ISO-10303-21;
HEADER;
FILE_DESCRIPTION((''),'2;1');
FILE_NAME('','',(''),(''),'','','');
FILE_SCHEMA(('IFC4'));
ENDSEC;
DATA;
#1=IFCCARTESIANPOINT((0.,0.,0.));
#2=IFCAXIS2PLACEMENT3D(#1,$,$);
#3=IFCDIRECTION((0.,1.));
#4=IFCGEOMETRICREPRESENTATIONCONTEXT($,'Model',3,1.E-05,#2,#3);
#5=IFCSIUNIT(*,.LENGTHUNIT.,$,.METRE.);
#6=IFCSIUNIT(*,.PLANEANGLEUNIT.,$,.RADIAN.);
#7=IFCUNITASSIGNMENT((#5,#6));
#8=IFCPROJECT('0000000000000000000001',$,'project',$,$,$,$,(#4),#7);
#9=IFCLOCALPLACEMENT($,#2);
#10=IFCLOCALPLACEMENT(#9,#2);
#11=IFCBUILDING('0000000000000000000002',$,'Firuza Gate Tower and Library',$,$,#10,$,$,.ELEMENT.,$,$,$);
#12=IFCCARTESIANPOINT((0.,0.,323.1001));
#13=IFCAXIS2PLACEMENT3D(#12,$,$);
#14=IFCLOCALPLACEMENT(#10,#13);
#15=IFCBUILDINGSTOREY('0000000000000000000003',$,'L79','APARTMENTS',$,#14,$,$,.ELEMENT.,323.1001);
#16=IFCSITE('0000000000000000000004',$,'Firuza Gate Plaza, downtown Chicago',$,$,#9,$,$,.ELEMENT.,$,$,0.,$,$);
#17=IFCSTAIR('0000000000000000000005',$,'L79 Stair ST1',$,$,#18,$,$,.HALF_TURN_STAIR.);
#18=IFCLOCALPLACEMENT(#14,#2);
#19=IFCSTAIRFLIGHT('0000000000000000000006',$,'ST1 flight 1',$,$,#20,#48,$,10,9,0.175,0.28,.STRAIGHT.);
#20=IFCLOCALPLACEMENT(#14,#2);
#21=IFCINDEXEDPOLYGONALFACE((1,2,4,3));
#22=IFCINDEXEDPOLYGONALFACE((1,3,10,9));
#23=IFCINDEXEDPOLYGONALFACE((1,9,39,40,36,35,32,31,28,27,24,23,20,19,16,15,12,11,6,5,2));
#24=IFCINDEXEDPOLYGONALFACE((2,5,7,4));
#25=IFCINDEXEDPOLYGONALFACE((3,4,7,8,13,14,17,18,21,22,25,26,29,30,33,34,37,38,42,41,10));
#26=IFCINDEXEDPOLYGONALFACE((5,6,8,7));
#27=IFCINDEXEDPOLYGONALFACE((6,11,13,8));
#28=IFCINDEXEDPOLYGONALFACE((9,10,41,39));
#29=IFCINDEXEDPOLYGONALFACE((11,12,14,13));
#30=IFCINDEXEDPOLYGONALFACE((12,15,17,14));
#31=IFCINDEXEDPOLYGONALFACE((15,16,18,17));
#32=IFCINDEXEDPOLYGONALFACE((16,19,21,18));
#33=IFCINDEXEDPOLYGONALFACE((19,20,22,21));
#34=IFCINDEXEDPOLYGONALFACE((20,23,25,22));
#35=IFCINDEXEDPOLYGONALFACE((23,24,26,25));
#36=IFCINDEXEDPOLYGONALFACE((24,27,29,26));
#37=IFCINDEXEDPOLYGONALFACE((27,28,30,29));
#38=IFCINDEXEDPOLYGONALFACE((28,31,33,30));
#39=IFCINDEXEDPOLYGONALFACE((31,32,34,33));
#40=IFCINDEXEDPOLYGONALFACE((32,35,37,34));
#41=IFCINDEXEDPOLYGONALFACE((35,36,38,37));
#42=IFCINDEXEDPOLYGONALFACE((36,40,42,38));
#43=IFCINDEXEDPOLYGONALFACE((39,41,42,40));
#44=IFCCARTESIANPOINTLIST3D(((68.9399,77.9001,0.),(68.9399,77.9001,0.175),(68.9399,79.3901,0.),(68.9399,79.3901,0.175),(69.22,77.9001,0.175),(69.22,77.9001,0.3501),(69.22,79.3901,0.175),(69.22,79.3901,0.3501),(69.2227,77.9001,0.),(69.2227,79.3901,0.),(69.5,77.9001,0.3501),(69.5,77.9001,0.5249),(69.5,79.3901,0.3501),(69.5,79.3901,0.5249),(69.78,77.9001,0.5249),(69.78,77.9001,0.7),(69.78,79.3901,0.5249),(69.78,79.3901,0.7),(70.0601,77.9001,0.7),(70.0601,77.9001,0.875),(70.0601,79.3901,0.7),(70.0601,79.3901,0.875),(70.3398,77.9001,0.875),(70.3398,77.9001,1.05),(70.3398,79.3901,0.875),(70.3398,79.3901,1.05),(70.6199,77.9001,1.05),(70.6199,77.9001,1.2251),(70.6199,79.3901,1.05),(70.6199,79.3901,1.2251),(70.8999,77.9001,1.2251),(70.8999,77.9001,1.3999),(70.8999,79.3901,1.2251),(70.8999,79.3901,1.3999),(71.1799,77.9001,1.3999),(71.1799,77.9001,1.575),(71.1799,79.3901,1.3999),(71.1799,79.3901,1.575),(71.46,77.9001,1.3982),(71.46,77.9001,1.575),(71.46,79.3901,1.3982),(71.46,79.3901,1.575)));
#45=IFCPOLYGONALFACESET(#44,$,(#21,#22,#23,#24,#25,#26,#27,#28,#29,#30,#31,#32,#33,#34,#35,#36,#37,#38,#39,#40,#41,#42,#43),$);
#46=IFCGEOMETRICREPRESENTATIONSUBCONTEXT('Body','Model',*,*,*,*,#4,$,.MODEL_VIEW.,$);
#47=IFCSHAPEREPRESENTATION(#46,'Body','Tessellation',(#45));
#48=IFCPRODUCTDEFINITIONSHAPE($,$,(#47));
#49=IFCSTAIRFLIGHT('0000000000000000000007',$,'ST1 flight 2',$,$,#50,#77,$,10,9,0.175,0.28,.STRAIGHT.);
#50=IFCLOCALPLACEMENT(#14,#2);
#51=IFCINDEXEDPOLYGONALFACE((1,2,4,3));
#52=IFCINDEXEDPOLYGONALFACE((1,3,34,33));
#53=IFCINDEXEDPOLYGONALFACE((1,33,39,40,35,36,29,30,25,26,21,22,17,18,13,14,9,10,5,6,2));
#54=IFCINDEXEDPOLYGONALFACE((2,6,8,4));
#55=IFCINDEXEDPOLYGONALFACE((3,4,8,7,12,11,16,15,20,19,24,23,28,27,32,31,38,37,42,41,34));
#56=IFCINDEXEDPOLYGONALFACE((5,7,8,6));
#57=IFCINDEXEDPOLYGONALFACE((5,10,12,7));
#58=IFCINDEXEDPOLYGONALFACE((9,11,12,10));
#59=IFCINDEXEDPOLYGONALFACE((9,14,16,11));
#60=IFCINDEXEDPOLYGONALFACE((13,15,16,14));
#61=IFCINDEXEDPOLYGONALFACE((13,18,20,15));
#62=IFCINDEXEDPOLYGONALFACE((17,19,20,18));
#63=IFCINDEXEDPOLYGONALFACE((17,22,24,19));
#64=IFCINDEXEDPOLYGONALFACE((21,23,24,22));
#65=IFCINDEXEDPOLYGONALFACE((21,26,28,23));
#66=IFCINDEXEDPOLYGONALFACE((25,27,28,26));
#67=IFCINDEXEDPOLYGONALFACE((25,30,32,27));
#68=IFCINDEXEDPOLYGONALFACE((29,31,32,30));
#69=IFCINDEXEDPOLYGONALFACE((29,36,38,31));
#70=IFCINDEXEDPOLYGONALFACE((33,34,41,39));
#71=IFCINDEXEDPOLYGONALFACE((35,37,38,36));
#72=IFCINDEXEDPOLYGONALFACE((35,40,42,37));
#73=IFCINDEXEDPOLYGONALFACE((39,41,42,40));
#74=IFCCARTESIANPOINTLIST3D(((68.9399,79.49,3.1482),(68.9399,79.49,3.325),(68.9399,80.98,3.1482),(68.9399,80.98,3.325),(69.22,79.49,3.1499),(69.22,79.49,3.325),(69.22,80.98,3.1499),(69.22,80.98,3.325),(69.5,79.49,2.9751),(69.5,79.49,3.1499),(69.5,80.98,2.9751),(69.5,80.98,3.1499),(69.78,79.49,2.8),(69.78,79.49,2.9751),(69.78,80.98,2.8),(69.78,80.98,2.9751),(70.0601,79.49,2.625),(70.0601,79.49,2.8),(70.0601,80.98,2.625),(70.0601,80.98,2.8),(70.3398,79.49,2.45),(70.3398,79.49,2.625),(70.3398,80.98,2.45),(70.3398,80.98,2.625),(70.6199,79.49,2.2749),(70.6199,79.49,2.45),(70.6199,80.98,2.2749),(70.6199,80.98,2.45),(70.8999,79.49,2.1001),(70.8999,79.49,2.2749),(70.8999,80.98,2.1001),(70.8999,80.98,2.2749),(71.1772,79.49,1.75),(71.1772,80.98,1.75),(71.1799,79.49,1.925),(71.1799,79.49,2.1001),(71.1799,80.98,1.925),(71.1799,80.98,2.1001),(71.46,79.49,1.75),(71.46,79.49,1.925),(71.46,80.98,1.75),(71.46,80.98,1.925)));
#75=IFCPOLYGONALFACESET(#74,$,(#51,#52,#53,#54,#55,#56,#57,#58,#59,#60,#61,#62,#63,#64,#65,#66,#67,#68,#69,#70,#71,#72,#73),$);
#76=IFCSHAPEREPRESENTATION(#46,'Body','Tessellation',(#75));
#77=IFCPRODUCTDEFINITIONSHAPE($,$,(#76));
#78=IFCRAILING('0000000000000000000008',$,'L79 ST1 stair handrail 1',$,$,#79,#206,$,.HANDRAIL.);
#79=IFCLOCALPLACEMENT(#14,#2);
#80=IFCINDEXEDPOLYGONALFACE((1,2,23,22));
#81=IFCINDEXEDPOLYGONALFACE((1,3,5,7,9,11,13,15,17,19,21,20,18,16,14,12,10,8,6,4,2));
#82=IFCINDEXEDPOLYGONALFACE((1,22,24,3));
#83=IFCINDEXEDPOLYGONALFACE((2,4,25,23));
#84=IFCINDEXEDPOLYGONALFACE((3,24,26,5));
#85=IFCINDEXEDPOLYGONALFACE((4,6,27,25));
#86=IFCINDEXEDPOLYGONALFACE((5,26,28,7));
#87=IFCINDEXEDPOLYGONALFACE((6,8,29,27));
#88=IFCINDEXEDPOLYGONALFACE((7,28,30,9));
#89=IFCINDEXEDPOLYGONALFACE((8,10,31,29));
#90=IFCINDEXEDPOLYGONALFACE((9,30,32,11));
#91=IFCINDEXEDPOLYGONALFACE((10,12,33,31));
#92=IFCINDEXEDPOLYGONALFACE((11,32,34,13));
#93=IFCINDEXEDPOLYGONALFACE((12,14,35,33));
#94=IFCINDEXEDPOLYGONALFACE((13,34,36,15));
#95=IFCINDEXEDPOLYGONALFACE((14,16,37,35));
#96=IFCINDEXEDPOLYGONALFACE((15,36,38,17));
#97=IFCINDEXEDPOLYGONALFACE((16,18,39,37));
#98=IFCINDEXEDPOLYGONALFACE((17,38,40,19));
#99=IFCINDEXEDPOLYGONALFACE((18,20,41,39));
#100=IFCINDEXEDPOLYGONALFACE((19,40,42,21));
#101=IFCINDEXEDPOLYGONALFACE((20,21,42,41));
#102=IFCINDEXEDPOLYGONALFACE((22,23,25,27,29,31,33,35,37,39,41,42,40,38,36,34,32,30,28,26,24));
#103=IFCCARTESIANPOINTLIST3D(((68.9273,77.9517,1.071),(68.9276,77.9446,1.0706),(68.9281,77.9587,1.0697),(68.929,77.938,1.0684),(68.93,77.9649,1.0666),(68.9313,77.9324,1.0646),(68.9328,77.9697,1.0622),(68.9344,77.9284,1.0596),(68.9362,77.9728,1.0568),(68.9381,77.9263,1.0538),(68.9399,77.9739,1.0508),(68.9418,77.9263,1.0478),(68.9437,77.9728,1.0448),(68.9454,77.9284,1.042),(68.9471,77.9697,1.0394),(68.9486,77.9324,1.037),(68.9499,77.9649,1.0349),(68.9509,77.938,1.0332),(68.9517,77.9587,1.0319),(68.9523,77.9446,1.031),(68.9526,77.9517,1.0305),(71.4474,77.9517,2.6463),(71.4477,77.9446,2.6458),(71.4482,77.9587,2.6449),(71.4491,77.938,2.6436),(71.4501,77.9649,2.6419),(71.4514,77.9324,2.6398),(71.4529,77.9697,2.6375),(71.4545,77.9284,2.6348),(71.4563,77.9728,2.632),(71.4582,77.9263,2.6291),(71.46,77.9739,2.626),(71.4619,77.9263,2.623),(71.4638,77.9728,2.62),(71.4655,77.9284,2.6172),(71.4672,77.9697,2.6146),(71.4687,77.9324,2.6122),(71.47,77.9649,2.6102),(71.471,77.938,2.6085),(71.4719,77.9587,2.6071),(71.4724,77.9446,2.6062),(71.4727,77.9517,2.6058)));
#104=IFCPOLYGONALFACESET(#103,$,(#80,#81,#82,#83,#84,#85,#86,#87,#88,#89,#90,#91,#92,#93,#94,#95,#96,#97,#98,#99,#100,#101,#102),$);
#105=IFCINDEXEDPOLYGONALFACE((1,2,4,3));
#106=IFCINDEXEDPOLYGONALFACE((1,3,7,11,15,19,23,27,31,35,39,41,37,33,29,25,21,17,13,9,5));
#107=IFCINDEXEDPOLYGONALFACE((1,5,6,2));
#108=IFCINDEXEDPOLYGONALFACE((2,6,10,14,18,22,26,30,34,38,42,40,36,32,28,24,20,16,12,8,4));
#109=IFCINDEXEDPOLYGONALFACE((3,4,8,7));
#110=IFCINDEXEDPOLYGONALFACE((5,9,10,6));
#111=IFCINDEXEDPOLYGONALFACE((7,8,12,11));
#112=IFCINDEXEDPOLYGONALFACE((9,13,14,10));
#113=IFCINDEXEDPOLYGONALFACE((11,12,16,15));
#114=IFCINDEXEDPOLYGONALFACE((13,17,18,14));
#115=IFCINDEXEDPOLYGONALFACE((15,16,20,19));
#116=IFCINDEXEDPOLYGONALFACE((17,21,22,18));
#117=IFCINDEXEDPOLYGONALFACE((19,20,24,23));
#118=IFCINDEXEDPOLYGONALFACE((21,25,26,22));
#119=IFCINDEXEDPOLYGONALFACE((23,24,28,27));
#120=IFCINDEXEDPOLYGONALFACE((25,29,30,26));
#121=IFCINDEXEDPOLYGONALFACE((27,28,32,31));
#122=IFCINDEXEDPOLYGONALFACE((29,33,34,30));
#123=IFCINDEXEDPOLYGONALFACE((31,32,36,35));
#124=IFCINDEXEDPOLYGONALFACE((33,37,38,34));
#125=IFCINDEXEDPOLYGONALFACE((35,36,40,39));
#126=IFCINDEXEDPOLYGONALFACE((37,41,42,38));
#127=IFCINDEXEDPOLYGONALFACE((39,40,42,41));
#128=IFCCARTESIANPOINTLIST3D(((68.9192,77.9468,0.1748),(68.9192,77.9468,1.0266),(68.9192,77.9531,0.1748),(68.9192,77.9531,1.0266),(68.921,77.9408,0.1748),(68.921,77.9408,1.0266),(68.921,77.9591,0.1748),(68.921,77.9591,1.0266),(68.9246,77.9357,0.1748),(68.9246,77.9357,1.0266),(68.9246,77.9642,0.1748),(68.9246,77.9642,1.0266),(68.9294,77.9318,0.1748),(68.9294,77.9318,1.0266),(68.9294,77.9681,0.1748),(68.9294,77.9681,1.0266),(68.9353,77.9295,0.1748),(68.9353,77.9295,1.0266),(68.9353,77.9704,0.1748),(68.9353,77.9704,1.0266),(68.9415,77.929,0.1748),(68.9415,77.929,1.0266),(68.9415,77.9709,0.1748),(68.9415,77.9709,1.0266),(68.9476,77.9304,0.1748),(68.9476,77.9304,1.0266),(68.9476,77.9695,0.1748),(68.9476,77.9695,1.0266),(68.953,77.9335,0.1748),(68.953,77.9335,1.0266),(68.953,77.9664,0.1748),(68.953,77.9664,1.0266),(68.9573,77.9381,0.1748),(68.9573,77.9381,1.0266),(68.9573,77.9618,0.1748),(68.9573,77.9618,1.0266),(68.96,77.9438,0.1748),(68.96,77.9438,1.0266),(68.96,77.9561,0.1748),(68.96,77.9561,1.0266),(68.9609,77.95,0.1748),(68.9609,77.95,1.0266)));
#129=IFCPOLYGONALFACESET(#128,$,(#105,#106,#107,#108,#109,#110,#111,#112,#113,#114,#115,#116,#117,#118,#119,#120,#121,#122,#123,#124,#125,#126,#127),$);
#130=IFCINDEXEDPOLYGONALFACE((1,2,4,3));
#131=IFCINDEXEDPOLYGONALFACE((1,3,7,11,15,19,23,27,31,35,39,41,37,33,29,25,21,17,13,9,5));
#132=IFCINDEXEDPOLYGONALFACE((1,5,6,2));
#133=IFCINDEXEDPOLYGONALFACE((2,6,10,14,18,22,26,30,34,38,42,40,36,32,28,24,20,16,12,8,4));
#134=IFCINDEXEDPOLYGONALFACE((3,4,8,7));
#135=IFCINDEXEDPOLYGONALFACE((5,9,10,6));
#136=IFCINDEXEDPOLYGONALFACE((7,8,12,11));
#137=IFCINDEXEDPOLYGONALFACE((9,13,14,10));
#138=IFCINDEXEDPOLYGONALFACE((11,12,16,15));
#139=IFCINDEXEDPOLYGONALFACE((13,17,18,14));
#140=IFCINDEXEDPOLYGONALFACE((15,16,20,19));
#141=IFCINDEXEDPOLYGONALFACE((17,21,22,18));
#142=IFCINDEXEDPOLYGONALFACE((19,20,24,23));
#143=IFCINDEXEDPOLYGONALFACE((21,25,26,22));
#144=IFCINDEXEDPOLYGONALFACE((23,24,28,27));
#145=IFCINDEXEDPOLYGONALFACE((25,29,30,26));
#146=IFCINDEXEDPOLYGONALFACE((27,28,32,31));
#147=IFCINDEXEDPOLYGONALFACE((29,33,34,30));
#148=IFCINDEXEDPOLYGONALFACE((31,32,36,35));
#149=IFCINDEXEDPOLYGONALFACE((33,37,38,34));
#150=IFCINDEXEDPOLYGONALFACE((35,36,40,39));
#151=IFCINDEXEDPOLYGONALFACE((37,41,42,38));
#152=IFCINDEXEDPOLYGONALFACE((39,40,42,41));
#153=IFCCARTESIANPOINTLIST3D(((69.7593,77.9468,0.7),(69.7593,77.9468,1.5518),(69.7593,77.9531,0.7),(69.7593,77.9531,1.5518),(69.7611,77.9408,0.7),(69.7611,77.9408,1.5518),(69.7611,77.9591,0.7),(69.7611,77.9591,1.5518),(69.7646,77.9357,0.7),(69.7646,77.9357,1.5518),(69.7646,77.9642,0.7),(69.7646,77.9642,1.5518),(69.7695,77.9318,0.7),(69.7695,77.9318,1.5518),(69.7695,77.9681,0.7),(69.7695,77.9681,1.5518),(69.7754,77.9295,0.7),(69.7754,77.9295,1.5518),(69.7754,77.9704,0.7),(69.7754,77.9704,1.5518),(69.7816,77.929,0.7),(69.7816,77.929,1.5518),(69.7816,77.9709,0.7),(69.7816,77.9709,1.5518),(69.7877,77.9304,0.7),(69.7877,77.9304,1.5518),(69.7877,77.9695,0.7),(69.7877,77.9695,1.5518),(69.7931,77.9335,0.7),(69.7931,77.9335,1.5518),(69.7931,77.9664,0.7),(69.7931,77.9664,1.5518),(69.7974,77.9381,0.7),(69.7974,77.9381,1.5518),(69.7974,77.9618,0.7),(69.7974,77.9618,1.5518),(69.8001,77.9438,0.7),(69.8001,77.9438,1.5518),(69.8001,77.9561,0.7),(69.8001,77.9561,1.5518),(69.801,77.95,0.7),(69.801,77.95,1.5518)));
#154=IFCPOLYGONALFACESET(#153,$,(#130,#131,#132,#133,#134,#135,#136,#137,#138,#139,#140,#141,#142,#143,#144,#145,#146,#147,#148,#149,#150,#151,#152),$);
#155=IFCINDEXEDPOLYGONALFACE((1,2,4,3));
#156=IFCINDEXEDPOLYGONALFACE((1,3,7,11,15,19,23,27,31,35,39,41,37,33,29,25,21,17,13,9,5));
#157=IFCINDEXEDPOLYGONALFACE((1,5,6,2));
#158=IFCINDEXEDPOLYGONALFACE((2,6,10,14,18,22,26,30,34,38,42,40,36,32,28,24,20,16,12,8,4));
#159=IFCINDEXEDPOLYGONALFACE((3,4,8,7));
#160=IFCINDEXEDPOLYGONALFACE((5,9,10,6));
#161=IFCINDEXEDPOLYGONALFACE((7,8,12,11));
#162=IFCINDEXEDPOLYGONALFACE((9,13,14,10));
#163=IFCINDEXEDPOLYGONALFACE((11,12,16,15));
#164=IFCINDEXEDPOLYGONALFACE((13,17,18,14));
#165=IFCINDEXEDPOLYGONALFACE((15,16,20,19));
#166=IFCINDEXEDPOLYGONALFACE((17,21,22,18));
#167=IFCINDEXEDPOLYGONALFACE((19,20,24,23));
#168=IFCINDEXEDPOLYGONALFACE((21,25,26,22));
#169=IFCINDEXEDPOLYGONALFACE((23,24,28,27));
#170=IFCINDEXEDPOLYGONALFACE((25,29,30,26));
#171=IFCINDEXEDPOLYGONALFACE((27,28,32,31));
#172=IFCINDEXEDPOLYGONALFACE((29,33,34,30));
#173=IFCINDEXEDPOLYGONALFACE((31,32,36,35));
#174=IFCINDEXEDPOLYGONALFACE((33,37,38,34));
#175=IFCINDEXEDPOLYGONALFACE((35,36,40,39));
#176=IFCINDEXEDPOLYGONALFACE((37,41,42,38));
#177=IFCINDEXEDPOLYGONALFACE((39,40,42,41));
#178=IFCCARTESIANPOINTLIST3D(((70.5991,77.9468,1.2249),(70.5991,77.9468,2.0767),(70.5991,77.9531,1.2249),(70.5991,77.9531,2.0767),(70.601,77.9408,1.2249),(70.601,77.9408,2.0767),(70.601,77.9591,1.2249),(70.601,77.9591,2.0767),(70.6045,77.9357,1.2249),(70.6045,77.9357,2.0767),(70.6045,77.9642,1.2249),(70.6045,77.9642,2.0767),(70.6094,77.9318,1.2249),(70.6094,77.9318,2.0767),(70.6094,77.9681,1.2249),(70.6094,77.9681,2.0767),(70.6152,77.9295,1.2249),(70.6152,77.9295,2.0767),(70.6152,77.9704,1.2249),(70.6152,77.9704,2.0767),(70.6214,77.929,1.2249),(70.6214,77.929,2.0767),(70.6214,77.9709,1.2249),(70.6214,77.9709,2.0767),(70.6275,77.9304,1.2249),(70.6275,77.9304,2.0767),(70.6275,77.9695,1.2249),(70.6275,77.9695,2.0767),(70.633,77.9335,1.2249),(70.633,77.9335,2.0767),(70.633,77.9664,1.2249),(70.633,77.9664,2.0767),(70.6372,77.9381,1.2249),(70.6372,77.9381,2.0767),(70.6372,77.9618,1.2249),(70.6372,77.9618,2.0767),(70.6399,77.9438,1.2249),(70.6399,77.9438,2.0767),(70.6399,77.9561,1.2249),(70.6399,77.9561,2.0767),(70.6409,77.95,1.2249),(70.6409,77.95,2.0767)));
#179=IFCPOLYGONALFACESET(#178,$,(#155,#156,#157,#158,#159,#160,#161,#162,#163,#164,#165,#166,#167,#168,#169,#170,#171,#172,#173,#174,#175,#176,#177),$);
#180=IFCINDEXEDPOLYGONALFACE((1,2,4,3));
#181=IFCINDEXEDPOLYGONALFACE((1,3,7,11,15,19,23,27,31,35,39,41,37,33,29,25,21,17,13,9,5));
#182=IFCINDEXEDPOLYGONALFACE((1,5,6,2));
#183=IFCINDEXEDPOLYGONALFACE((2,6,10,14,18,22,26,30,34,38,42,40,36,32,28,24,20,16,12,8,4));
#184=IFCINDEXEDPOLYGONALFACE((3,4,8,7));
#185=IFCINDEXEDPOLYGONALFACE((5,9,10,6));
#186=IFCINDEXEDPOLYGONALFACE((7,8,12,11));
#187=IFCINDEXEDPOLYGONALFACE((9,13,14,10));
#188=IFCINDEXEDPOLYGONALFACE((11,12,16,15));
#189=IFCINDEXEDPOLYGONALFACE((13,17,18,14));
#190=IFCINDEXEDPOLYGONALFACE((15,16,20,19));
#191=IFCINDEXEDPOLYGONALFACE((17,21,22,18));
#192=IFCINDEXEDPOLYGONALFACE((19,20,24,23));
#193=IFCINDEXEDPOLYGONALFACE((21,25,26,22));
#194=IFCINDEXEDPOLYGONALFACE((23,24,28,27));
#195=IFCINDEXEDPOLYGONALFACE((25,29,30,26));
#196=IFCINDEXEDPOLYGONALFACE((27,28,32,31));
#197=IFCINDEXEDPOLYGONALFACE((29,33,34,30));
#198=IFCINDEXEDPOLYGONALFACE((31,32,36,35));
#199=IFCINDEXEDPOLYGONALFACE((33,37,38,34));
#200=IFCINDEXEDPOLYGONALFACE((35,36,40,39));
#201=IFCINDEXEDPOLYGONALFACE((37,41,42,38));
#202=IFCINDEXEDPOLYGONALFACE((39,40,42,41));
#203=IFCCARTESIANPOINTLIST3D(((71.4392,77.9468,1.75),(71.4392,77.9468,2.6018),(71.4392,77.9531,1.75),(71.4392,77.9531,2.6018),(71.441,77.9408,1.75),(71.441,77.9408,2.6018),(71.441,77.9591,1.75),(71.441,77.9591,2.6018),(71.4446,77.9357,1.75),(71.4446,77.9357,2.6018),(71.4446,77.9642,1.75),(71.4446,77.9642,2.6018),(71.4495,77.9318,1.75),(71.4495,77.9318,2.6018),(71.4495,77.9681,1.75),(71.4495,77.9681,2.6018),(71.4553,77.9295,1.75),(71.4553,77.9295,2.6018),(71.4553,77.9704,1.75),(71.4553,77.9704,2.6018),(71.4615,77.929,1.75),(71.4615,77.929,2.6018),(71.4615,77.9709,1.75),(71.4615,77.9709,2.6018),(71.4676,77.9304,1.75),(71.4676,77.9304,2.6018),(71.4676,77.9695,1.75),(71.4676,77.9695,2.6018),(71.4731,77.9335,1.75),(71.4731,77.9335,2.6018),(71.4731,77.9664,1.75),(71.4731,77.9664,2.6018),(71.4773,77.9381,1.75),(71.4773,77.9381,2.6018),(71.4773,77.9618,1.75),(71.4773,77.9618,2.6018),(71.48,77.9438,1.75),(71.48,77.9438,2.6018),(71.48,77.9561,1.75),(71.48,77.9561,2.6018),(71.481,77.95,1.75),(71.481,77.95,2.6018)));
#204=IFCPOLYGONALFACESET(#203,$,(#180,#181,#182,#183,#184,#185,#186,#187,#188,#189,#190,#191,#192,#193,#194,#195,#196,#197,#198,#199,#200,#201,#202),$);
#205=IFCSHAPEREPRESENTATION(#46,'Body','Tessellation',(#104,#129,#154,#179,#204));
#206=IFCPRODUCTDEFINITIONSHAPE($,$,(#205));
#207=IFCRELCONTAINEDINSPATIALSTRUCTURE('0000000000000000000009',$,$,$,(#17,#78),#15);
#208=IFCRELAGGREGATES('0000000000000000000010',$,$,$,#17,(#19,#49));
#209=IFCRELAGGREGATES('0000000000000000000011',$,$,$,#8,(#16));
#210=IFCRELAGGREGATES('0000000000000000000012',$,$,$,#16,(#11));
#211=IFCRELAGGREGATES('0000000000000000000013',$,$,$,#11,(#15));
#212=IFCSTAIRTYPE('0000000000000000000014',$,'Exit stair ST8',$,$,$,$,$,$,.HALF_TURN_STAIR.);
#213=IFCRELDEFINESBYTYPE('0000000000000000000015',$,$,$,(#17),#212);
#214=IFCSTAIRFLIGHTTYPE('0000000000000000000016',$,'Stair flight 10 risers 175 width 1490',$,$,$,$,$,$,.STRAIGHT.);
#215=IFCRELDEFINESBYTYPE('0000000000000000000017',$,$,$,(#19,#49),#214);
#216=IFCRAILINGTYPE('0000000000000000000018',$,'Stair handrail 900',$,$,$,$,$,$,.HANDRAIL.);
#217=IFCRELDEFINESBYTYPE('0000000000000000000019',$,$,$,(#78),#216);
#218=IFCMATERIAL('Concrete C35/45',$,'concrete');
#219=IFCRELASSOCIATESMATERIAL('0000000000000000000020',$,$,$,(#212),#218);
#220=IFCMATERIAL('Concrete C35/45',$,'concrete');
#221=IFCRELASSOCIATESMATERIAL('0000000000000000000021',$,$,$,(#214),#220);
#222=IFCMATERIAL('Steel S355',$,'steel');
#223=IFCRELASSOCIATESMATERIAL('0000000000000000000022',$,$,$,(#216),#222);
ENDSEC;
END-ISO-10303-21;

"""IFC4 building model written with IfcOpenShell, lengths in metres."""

from ifc_helpers import new_model, si_unit, direction, frame, origin, origin_2d, place, context, subcontext, project, spatial, polyline, circle, outline, extrude, material, type_object, element, aggregate, save


model = new_model("IFC4")

# Units and contexts
model_context = context("Model", 3, precision=1e-05, world=origin(), true_north=direction((0.0, 1.0)))
body_context = subcontext(model_context, "Body", "Model", "MODEL_VIEW")
ifc_project = project(units=[si_unit("LENGTHUNIT", "METRE"), si_unit("PLANEANGLEUNIT", "RADIAN")], contexts=[model_context])

# Site, building, storey
site_placement = place(None, origin())
site = spatial("IfcSite", under=ifc_project, at=site_placement, Name="Firuza Gate Plaza, downtown Chicago", CompositionType="ELEMENT", RefElevation=0.0)
building_placement = place(site_placement, origin())
building = spatial("IfcBuilding", under=site, at=building_placement, Name="Firuza Gate Tower and Library", CompositionType="ELEMENT")
storey_placement = place(building_placement, frame((0.0, 0.0, 323.1001)))
storey = spatial("IfcBuildingStorey", under=building, at=storey_placement, Name="L79", Description="APARTMENTS", CompositionType="ELEMENT", Elevation=323.1001)

# Stair, stair flights
ifc_material_1 = material(Name="Concrete C35/45", Category="concrete")
stair_type = type_object("IfcStairType", Name="Exit stair ST8", PredefinedType="HALF_TURN_STAIR", material=ifc_material_1)
stair_placement = place(storey_placement, origin())
stair = element("IfcStair", 1, at=stair_placement, inside=storey, type_object=stair_type, Name="L79 Stair ST1", PredefinedType="HALF_TURN_STAIR")
ifc_material_2 = material(Name="Concrete C35/45", Category="concrete")
stair_flight_type = type_object("IfcStairFlightType", Name="Stair flight 10 risers 175 width 1490", PredefinedType="STRAIGHT", material=ifc_material_2)
stair_flight_1_placement = place(storey_placement, frame((68.9399, 78.645, 0.0), z_axis=(0.0, 0.0, 1.0), x_axis=(1.0, 0.0, 0.0)))
stair_flight_1 = element("IfcStairFlight", 2, at=stair_flight_1_placement, type_object=stair_flight_type, Name="ST1 flight 1", NumberOfRisers=10, NumberOfTreads=9, PredefinedType="STRAIGHT", RiserHeight=0.175, TreadLength=0.28, context=body_context, shape_type="SweptSolid", body=[
    extrude(outline(polyline([(0.0, 0.0), (0.0, 0.175), (0.28, 0.175), (0.28, 0.3501), (0.5601, 0.3501), (0.5601, 0.5249), (0.8401, 0.5249), (0.8401, 0.7), (1.1201, 0.7), (1.1201, 0.875), (1.3999, 0.875), (1.3999, 1.05), (1.6799, 1.05), (1.6799, 1.2251), (1.96, 1.2251), (1.96, 1.3999), (2.24, 1.3999), (2.24, 1.575), (2.52, 1.575), (2.52, 1.75), (2.52, 1.3982), (0.2827, 0.0), (0.0, 0.0)])), frame((0.0, 0.7451, 0.0), z_axis=(0.0, -1.0, 0.0), x_axis=(1.0, 0.0, 0.0)), (0.0, 0.0, 1.0), 1.49),
])
stair_flight_2_placement = place(storey_placement, frame((71.46, 80.2351, 1.75), z_axis=(0.0, 0.0, 1.0), x_axis=(-1.0, 0.0, 0.0)))
stair_flight_2 = element("IfcStairFlight", 3, at=stair_flight_2_placement, type_object=stair_flight_type, Name="ST1 flight 2", NumberOfRisers=10, NumberOfTreads=9, PredefinedType="STRAIGHT", RiserHeight=0.175, TreadLength=0.28, context=body_context, shape_type="SweptSolid", body=[
    extrude(outline(polyline([(0.0, 0.0), (0.0, 0.175), (0.28, 0.175), (0.28, 0.3501), (0.5601, 0.3501), (0.5601, 0.5249), (0.8401, 0.5249), (0.8401, 0.7), (1.1201, 0.7), (1.1201, 0.875), (1.3999, 0.875), (1.3999, 1.05), (1.6799, 1.05), (1.6799, 1.2251), (1.96, 1.2251), (1.96, 1.3999), (2.24, 1.3999), (2.24, 1.575), (2.52, 1.575), (2.52, 1.75), (2.52, 1.3982), (0.2827, 0.0), (0.0, 0.0)])), frame((0.0, 0.7451, 0.0), z_axis=(0.0, -1.0, 0.0), x_axis=(1.0, 0.0, 0.0)), (0.0, 0.0, 1.0), 1.49),
])
aggregate(stair, [stair_flight_1, stair_flight_2])

# Railing
ifc_material_3 = material(Name="Steel S355", Category="steel")
railing_type_1 = type_object("IfcRailingType", Name="Stair handrail 900", PredefinedType="HANDRAIL", material=ifc_material_3)
railing_1_placement = place(storey_placement, frame((68.9399, 77.95, 0.1748)))
element("IfcRailing", 4, at=railing_1_placement, inside=storey, type_object=railing_type_1, Name="L79 ST1 stair handrail 1", PredefinedType="HANDRAIL", context=body_context, shape_type="SweptSolid", body=[
    extrude(circle(Radius=0.0239, at=origin_2d()), frame((0.0, 0.0, 0.876), z_axis=(0.847971, 0.0, 0.530043), x_axis=(0.0, 1.0, 0.0)), (0.0, 0.0, 1.0), 2.9719),
    extrude(circle(Radius=0.021, at=origin_2d()), origin(), (0.0, 0.0, 1.0), 0.8518),
    extrude(circle(Radius=0.021, at=origin_2d()), frame((0.8401, 0.0, 0.5251)), (0.0, 0.0, 1.0), 0.8518),
    extrude(circle(Radius=0.021, at=origin_2d()), frame((1.6799, 0.0, 1.05)), (0.0, 0.0, 1.0), 0.8518),
    extrude(circle(Radius=0.021, at=origin_2d()), frame((2.52, 0.0, 1.5752)), (0.0, 0.0, 1.0), 0.8518),
])

save(model, "model.ifc")
